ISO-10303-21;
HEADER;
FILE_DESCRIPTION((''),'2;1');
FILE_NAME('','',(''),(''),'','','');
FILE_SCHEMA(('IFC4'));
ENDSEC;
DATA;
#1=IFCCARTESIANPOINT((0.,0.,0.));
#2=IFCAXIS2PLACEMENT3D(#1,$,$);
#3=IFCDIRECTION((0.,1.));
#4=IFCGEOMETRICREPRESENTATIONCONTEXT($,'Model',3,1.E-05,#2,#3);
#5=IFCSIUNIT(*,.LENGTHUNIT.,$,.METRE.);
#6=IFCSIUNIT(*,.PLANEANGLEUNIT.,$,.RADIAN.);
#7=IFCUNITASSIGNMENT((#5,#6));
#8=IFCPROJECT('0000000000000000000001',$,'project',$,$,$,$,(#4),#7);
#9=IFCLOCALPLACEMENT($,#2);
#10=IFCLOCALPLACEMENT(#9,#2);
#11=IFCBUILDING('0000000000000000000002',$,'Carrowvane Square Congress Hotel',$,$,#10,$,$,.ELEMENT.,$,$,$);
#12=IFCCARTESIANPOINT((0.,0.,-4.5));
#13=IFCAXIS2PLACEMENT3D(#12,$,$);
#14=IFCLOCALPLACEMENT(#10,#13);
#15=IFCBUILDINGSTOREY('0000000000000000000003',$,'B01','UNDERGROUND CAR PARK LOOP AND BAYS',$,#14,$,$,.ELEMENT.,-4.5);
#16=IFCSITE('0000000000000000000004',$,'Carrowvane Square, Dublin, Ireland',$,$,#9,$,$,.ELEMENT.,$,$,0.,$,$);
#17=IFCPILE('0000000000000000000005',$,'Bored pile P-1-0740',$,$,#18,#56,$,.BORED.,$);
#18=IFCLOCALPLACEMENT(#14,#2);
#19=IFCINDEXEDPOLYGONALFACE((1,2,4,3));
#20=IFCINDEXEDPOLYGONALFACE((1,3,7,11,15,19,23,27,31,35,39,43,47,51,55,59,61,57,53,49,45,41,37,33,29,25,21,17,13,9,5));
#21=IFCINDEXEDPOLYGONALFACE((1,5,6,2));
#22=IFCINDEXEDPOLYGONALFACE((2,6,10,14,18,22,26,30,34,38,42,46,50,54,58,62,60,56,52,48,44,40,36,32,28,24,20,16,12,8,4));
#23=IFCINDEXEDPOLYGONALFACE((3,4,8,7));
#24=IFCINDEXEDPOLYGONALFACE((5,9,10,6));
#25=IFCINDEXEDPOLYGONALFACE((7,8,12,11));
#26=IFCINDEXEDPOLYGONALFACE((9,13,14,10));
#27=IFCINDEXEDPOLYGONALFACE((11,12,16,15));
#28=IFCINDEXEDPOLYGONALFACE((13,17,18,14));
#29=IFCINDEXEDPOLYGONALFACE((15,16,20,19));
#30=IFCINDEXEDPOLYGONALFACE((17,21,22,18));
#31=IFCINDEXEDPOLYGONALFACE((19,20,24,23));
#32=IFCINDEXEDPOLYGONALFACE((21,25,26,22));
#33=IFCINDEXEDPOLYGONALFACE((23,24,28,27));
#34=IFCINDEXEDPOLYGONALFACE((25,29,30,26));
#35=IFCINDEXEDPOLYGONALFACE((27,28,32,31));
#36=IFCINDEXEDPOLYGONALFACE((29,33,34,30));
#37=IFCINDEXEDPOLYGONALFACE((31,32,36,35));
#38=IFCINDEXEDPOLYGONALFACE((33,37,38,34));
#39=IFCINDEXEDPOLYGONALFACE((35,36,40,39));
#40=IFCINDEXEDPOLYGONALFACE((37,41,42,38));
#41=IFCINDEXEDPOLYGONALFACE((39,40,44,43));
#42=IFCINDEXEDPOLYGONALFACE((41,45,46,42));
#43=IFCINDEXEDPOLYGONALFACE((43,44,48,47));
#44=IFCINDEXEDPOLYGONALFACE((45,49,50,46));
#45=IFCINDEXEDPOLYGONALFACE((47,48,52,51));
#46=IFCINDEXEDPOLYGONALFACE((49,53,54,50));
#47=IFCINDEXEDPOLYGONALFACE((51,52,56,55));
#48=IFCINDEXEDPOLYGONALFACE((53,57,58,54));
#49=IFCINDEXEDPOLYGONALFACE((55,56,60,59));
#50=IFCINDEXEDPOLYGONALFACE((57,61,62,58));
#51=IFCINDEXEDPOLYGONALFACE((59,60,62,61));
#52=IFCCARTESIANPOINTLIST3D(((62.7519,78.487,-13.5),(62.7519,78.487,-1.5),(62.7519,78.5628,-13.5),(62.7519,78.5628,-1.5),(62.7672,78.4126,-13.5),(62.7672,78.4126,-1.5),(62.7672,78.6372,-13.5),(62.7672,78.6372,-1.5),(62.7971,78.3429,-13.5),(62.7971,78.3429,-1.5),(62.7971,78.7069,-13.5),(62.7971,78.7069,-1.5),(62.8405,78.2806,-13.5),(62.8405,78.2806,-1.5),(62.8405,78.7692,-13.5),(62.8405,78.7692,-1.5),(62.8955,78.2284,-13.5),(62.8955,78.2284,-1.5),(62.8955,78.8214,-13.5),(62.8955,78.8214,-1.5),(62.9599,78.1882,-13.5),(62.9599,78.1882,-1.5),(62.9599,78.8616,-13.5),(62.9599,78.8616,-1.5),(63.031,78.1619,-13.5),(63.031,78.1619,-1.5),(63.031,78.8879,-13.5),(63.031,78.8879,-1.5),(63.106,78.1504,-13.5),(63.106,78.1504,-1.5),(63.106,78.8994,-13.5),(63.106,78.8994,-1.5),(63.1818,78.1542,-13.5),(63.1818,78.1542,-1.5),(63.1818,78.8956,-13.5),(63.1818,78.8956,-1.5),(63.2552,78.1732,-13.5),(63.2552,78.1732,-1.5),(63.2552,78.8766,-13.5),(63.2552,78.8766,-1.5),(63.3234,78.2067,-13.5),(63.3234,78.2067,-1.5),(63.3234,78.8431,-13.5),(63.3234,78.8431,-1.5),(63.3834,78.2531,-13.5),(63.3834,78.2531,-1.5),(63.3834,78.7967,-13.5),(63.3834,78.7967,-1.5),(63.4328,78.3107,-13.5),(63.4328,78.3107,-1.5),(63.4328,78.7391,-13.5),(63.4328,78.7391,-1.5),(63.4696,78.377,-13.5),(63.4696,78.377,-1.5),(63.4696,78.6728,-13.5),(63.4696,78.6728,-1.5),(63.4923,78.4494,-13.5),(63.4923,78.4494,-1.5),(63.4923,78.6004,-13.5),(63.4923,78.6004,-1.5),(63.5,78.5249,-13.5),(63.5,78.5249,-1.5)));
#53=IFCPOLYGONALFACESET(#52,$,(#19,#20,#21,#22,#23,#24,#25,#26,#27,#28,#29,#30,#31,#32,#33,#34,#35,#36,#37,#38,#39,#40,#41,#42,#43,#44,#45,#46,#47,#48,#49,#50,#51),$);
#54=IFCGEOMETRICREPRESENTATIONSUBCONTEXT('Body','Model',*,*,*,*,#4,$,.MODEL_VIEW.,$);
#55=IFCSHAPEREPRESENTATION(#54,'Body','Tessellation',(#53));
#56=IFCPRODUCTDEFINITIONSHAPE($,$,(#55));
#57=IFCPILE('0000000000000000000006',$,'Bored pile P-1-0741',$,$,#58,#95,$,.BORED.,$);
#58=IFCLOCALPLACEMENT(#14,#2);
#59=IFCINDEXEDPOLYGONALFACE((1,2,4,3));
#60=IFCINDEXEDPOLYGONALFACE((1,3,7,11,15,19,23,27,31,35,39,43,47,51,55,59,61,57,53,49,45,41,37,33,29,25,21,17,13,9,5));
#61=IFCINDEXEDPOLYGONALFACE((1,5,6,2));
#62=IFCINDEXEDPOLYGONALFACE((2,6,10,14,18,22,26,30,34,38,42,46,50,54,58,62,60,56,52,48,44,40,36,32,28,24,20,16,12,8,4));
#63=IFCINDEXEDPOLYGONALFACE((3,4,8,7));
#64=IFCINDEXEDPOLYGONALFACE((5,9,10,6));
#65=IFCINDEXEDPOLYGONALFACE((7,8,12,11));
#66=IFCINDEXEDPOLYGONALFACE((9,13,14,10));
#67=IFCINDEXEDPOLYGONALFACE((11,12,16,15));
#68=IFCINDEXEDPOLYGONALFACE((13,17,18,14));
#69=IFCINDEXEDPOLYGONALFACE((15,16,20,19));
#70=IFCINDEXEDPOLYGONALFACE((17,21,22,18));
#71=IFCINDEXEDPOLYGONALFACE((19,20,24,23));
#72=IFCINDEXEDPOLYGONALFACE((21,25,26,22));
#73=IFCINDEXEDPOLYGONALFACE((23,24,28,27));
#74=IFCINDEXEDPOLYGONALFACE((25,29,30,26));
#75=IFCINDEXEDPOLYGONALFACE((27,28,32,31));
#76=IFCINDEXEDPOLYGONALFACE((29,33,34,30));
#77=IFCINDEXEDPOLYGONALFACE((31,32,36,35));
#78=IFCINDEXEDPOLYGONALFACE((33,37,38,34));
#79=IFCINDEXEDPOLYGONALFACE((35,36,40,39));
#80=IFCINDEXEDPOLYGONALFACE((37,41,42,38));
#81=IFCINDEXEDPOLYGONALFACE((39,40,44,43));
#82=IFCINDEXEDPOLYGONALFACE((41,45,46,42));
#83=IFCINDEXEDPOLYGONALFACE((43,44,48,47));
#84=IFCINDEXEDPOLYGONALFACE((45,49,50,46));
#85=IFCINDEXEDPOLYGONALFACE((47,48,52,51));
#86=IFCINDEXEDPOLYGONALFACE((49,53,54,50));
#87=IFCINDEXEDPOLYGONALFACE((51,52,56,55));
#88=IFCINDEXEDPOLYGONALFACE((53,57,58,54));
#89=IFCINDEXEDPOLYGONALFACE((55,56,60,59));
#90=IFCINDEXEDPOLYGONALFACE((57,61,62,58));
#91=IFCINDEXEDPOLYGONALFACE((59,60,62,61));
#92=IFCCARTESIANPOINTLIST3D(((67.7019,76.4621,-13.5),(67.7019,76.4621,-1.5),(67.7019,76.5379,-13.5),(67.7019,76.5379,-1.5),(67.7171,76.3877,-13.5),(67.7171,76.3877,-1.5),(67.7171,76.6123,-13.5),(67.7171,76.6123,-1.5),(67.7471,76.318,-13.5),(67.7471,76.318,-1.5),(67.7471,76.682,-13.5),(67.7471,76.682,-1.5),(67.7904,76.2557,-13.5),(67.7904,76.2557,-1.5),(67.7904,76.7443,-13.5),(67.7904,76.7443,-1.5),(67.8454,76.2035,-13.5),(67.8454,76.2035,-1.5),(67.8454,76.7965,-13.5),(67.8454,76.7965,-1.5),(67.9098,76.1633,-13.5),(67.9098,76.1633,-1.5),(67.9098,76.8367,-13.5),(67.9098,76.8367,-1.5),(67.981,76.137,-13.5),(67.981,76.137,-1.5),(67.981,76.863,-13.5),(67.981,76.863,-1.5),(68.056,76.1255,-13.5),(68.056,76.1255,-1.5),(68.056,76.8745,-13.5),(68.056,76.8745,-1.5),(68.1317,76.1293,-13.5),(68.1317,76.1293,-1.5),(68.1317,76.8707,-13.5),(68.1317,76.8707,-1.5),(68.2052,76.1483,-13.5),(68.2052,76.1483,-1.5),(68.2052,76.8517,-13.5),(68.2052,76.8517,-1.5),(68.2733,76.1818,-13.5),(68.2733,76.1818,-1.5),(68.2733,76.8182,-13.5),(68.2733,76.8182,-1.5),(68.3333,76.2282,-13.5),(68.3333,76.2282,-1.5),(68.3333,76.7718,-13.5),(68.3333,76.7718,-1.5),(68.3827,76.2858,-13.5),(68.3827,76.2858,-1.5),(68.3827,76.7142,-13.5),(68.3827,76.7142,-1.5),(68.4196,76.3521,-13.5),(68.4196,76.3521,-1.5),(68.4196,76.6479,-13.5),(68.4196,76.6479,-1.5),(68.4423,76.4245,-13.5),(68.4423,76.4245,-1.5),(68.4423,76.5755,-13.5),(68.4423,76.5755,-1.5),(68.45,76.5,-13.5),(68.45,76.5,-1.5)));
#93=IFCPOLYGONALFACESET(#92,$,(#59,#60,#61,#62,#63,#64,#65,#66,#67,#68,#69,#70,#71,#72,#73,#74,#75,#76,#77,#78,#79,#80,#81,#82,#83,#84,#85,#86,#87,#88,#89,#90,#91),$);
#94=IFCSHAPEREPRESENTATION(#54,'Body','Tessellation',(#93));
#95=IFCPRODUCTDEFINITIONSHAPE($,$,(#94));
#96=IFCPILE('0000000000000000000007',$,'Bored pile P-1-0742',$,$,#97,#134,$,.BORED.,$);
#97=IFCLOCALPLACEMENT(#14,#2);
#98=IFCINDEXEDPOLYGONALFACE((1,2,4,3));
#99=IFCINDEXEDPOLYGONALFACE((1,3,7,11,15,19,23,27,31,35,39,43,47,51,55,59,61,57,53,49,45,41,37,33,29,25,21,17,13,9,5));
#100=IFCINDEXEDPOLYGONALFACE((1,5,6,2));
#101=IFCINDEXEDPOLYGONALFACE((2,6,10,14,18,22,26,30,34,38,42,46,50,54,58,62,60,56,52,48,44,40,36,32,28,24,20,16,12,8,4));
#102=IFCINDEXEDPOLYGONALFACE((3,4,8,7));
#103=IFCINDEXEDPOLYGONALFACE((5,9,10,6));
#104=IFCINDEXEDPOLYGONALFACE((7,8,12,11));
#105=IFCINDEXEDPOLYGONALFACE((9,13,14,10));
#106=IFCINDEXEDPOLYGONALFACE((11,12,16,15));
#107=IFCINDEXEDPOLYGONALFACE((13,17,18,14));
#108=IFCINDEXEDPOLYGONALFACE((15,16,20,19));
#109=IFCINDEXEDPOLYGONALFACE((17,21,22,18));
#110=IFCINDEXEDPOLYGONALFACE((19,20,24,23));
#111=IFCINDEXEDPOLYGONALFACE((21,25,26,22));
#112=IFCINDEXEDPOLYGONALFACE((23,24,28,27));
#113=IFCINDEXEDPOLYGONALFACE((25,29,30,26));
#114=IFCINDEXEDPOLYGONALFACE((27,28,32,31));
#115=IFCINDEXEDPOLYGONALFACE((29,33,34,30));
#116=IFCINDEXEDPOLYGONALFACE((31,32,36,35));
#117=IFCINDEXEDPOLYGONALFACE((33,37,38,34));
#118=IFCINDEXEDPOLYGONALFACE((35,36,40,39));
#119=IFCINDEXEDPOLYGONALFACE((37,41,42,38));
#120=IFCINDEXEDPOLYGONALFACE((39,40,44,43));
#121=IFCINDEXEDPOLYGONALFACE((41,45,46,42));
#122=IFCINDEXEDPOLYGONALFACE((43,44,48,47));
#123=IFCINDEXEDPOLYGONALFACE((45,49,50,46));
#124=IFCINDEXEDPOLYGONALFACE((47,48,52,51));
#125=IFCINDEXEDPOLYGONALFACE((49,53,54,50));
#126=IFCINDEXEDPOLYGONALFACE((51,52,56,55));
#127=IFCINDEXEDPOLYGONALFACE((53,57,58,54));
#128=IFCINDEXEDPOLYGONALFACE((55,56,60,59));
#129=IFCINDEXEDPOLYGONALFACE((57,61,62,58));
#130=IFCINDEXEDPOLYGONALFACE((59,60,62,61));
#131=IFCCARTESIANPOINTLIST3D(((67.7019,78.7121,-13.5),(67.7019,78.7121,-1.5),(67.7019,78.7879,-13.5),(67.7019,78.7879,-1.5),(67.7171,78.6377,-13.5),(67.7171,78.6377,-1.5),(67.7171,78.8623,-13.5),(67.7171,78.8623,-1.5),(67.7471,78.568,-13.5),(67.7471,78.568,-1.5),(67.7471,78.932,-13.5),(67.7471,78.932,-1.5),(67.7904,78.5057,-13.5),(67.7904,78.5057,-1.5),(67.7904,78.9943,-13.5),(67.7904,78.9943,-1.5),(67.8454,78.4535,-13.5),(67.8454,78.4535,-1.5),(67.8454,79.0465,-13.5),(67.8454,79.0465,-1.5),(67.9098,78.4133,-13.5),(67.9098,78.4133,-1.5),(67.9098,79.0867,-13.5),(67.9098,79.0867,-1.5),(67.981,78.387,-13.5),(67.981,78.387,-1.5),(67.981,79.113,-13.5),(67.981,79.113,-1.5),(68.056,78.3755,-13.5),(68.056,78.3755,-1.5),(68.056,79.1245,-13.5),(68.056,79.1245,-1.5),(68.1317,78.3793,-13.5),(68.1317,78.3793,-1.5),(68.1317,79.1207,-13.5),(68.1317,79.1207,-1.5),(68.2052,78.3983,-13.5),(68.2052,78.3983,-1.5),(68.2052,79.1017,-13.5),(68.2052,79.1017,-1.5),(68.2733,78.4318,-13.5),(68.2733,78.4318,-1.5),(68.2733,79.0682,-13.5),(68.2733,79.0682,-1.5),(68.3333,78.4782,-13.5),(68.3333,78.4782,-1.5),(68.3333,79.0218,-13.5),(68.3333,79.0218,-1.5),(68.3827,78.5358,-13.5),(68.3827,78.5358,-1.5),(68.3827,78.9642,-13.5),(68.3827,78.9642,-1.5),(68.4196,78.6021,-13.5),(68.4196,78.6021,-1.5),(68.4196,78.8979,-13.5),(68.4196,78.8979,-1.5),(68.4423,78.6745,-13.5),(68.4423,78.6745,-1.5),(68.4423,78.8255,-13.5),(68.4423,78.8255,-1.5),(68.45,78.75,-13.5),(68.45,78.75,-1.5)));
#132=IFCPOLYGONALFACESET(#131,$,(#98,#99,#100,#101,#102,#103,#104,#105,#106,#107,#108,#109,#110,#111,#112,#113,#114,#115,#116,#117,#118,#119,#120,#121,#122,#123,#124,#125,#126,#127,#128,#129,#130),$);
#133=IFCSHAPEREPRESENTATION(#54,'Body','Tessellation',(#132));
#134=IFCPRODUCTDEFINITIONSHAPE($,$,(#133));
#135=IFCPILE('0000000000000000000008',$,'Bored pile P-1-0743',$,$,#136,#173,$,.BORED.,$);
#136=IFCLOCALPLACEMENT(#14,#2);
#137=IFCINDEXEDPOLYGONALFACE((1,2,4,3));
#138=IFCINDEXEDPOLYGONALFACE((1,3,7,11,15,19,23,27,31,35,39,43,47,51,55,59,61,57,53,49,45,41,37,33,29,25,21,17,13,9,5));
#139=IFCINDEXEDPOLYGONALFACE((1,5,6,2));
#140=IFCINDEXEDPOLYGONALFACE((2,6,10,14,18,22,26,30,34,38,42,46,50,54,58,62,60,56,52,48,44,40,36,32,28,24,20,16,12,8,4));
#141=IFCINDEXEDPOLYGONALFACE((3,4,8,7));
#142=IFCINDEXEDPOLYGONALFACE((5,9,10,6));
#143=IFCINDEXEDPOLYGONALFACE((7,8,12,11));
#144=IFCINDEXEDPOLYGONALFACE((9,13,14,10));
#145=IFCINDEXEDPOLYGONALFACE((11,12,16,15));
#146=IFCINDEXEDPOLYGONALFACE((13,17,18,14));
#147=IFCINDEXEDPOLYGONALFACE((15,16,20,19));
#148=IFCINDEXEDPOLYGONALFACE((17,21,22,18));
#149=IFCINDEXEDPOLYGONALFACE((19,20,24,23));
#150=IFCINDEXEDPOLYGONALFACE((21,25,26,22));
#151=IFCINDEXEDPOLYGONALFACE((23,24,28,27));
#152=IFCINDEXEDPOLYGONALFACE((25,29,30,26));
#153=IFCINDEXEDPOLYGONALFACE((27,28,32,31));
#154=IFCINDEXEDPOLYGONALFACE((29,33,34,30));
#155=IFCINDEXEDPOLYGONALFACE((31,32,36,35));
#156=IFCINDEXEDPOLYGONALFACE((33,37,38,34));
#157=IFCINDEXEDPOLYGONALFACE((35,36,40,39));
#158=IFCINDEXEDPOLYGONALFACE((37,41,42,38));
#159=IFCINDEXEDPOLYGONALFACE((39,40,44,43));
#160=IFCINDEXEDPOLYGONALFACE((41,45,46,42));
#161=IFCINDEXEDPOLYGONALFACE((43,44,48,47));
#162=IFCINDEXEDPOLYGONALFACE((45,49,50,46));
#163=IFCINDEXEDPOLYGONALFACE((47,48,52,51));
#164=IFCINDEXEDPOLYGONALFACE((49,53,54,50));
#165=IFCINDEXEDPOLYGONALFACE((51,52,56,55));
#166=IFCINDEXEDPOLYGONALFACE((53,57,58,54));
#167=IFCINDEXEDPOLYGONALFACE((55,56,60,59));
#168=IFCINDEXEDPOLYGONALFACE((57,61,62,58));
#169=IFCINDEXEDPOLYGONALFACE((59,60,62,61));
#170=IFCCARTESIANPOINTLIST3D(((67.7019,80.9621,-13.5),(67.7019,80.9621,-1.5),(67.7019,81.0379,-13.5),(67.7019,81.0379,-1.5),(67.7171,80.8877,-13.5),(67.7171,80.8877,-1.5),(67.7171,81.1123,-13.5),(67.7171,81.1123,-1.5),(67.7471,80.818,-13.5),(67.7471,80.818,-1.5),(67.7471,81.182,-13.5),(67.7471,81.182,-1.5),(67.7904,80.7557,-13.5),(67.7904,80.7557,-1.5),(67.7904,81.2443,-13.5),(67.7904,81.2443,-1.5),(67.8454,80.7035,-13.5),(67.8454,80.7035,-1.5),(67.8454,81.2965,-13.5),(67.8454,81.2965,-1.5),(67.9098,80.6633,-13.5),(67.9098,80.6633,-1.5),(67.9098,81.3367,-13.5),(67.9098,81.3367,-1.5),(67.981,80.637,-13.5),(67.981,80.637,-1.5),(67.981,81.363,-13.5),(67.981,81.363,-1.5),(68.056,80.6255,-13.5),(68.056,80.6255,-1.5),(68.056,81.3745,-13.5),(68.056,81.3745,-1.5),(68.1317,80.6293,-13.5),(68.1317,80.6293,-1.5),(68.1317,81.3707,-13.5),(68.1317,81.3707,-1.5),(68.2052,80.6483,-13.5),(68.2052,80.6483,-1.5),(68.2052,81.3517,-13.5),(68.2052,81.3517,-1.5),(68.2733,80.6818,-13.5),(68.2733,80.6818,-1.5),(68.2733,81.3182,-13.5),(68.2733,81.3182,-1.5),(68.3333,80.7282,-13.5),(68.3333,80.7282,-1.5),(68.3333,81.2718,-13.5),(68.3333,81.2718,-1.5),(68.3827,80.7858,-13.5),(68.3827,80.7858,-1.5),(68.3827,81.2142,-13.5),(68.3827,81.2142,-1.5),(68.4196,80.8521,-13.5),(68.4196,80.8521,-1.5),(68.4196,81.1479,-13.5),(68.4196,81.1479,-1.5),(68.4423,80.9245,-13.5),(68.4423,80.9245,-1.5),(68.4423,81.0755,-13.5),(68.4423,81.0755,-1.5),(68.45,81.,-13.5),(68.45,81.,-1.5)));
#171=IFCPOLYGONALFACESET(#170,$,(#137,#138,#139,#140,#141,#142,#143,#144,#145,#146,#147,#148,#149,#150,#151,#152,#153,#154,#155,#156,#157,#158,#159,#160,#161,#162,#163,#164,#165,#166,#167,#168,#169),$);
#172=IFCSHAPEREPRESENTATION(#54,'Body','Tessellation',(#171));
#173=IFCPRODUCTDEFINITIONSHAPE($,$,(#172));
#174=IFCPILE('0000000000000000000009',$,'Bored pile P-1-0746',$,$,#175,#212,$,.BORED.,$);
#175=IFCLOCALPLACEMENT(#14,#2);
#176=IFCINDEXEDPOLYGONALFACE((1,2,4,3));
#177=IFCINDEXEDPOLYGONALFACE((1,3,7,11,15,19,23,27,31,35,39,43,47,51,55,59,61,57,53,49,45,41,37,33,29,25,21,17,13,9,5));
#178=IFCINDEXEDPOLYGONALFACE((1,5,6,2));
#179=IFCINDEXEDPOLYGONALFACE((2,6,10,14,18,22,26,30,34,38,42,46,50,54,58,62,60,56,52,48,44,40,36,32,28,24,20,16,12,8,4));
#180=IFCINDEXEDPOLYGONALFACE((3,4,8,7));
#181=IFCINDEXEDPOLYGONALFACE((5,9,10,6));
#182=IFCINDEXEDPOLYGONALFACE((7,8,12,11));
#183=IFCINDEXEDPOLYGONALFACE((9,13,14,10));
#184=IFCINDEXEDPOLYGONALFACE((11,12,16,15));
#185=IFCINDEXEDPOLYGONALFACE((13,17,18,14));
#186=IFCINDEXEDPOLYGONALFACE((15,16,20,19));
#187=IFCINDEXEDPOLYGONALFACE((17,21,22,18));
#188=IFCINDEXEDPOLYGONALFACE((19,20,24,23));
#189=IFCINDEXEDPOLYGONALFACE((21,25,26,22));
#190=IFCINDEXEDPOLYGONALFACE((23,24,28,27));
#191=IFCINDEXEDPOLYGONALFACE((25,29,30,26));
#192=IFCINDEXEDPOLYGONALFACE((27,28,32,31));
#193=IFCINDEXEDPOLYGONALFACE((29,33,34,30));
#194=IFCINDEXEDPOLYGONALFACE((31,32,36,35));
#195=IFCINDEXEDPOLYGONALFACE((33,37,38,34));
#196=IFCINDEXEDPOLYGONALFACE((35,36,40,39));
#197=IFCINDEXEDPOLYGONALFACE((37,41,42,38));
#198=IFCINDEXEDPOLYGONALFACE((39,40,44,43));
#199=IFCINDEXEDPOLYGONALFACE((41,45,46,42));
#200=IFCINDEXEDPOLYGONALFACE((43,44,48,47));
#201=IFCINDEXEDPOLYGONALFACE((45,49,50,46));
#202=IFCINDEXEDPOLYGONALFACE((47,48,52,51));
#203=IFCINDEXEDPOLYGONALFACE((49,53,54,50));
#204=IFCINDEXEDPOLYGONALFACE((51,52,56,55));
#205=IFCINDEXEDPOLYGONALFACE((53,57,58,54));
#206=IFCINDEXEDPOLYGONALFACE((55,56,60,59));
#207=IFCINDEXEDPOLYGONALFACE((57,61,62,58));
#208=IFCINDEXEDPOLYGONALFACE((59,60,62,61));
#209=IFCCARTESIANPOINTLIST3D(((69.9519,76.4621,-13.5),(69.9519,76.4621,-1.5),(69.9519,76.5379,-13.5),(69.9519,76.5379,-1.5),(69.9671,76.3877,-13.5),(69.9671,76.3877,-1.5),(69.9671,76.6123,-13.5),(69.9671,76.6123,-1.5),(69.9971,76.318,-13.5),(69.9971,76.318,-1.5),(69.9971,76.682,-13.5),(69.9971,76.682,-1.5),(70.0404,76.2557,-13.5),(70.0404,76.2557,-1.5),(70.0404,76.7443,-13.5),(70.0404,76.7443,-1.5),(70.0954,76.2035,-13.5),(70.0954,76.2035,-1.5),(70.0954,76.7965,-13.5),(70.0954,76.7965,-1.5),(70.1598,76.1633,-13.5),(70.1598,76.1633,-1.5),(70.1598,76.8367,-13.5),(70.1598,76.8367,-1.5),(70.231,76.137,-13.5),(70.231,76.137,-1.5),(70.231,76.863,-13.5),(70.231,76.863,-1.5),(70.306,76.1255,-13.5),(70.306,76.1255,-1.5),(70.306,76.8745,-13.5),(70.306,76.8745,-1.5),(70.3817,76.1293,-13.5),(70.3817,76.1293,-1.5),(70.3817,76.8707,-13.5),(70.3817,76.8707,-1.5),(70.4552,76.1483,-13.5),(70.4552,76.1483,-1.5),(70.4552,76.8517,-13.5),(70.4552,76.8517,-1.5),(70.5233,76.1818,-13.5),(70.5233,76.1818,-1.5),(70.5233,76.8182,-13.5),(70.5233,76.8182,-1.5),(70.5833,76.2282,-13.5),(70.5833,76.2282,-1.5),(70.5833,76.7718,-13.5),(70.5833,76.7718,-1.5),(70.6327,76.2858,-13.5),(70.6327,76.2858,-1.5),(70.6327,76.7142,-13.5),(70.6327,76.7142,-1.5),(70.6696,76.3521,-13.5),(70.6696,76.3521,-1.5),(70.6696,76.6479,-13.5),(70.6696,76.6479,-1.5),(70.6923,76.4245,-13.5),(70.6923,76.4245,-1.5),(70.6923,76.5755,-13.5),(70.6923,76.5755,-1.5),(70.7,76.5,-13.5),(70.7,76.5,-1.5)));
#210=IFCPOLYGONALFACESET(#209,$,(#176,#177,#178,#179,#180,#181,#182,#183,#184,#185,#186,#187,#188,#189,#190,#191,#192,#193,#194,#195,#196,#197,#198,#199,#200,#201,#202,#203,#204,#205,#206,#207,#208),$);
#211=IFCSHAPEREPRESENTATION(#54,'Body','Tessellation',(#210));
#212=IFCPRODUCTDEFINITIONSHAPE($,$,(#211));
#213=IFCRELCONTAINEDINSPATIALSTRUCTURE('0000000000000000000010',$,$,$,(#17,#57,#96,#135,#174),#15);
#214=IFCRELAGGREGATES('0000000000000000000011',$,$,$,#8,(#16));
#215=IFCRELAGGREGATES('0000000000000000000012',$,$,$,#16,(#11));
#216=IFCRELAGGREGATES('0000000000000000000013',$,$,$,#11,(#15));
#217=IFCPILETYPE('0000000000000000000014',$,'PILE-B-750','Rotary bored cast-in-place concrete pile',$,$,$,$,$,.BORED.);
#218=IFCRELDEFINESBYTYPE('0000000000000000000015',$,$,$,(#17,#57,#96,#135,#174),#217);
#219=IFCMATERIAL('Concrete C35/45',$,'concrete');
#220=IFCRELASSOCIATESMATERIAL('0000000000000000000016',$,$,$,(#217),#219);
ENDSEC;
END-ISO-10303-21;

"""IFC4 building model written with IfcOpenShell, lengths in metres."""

from ifc_helpers import new_model, si_unit, direction, frame, origin, origin_2d, place, context, subcontext, project, spatial, circle, extrude, material, material_profile, profile_set, type_object, element, save


model = new_model("IFC4")

# Units and contexts
model_context = context("Model", 3, precision=1e-05, world=origin(), true_north=direction((0.0, 1.0)))
body_context = subcontext(model_context, "Body", "Model", "MODEL_VIEW")
ifc_project = project(units=[si_unit("LENGTHUNIT", "METRE"), si_unit("PLANEANGLEUNIT", "RADIAN")], contexts=[model_context])

# Site, building, storey
site_placement = place(None, origin())
site = spatial("IfcSite", under=ifc_project, at=site_placement, Name="Carrowvane Square, Dublin, Ireland", CompositionType="ELEMENT", RefElevation=0.0)
building_placement = place(site_placement, origin())
building = spatial("IfcBuilding", under=site, at=building_placement, Name="Carrowvane Square Congress Hotel", CompositionType="ELEMENT")
storey_placement = place(building_placement, frame((0.0, 0.0, -4.5)))
storey = spatial("IfcBuildingStorey", under=building, at=storey_placement, Name="B01", Description="UNDERGROUND CAR PARK LOOP AND BAYS", CompositionType="ELEMENT", Elevation=-4.5)

# Piles
ifc_material_1 = material(Name="Concrete C35/45", Category="concrete")
ifc_material_profile_1 = material_profile(ifc_material_1, circle(Radius=0.375, at=origin_2d()), Name="PILE D750")
ifc_profile_set_1 = profile_set([ifc_material_profile_1], Name="Concrete C35/45")
pile_type = type_object("IfcPileType", Name="PILE-B-750", Description="Rotary bored cast-in-place concrete pile", PredefinedType="BORED", material=ifc_profile_set_1)
for number, where, z_axis, x_axis, name in (
    (1, (63.125, 78.5249, -1.5), (0.0, 0.0, -1.0), (1.0, 0.0, 0.0), "Bored pile P-1-0740"),
    (2, (68.075, 76.5, -1.5), (0.0, 0.0, -1.0), (1.0, 0.0, 0.0), "Bored pile P-1-0741"),
    (3, (68.075, 78.75, -1.5), (0.0, 0.0, -1.0), (1.0, 0.0, 0.0), "Bored pile P-1-0742"),
    (4, (68.075, 81.0, -1.5), (0.0, 0.0, -1.0), (1.0, 0.0, 0.0), "Bored pile P-1-0743"),
    (5, (70.325, 76.5, -1.5), (0.0, 0.0, -1.0), (1.0, 0.0, 0.0), "Bored pile P-1-0746"),
):
    element("IfcPile", number, at=place(storey_placement, frame(where, z_axis=z_axis, x_axis=x_axis)), inside=storey, type_object=pile_type, Name=name, PredefinedType="BORED", context=body_context, shape_type="SweptSolid", body=[
        extrude(circle(Radius=0.375, at=origin_2d()), origin(), (0.0, 0.0, 1.0), 12.0),
    ])

save(model, "model.ifc")
